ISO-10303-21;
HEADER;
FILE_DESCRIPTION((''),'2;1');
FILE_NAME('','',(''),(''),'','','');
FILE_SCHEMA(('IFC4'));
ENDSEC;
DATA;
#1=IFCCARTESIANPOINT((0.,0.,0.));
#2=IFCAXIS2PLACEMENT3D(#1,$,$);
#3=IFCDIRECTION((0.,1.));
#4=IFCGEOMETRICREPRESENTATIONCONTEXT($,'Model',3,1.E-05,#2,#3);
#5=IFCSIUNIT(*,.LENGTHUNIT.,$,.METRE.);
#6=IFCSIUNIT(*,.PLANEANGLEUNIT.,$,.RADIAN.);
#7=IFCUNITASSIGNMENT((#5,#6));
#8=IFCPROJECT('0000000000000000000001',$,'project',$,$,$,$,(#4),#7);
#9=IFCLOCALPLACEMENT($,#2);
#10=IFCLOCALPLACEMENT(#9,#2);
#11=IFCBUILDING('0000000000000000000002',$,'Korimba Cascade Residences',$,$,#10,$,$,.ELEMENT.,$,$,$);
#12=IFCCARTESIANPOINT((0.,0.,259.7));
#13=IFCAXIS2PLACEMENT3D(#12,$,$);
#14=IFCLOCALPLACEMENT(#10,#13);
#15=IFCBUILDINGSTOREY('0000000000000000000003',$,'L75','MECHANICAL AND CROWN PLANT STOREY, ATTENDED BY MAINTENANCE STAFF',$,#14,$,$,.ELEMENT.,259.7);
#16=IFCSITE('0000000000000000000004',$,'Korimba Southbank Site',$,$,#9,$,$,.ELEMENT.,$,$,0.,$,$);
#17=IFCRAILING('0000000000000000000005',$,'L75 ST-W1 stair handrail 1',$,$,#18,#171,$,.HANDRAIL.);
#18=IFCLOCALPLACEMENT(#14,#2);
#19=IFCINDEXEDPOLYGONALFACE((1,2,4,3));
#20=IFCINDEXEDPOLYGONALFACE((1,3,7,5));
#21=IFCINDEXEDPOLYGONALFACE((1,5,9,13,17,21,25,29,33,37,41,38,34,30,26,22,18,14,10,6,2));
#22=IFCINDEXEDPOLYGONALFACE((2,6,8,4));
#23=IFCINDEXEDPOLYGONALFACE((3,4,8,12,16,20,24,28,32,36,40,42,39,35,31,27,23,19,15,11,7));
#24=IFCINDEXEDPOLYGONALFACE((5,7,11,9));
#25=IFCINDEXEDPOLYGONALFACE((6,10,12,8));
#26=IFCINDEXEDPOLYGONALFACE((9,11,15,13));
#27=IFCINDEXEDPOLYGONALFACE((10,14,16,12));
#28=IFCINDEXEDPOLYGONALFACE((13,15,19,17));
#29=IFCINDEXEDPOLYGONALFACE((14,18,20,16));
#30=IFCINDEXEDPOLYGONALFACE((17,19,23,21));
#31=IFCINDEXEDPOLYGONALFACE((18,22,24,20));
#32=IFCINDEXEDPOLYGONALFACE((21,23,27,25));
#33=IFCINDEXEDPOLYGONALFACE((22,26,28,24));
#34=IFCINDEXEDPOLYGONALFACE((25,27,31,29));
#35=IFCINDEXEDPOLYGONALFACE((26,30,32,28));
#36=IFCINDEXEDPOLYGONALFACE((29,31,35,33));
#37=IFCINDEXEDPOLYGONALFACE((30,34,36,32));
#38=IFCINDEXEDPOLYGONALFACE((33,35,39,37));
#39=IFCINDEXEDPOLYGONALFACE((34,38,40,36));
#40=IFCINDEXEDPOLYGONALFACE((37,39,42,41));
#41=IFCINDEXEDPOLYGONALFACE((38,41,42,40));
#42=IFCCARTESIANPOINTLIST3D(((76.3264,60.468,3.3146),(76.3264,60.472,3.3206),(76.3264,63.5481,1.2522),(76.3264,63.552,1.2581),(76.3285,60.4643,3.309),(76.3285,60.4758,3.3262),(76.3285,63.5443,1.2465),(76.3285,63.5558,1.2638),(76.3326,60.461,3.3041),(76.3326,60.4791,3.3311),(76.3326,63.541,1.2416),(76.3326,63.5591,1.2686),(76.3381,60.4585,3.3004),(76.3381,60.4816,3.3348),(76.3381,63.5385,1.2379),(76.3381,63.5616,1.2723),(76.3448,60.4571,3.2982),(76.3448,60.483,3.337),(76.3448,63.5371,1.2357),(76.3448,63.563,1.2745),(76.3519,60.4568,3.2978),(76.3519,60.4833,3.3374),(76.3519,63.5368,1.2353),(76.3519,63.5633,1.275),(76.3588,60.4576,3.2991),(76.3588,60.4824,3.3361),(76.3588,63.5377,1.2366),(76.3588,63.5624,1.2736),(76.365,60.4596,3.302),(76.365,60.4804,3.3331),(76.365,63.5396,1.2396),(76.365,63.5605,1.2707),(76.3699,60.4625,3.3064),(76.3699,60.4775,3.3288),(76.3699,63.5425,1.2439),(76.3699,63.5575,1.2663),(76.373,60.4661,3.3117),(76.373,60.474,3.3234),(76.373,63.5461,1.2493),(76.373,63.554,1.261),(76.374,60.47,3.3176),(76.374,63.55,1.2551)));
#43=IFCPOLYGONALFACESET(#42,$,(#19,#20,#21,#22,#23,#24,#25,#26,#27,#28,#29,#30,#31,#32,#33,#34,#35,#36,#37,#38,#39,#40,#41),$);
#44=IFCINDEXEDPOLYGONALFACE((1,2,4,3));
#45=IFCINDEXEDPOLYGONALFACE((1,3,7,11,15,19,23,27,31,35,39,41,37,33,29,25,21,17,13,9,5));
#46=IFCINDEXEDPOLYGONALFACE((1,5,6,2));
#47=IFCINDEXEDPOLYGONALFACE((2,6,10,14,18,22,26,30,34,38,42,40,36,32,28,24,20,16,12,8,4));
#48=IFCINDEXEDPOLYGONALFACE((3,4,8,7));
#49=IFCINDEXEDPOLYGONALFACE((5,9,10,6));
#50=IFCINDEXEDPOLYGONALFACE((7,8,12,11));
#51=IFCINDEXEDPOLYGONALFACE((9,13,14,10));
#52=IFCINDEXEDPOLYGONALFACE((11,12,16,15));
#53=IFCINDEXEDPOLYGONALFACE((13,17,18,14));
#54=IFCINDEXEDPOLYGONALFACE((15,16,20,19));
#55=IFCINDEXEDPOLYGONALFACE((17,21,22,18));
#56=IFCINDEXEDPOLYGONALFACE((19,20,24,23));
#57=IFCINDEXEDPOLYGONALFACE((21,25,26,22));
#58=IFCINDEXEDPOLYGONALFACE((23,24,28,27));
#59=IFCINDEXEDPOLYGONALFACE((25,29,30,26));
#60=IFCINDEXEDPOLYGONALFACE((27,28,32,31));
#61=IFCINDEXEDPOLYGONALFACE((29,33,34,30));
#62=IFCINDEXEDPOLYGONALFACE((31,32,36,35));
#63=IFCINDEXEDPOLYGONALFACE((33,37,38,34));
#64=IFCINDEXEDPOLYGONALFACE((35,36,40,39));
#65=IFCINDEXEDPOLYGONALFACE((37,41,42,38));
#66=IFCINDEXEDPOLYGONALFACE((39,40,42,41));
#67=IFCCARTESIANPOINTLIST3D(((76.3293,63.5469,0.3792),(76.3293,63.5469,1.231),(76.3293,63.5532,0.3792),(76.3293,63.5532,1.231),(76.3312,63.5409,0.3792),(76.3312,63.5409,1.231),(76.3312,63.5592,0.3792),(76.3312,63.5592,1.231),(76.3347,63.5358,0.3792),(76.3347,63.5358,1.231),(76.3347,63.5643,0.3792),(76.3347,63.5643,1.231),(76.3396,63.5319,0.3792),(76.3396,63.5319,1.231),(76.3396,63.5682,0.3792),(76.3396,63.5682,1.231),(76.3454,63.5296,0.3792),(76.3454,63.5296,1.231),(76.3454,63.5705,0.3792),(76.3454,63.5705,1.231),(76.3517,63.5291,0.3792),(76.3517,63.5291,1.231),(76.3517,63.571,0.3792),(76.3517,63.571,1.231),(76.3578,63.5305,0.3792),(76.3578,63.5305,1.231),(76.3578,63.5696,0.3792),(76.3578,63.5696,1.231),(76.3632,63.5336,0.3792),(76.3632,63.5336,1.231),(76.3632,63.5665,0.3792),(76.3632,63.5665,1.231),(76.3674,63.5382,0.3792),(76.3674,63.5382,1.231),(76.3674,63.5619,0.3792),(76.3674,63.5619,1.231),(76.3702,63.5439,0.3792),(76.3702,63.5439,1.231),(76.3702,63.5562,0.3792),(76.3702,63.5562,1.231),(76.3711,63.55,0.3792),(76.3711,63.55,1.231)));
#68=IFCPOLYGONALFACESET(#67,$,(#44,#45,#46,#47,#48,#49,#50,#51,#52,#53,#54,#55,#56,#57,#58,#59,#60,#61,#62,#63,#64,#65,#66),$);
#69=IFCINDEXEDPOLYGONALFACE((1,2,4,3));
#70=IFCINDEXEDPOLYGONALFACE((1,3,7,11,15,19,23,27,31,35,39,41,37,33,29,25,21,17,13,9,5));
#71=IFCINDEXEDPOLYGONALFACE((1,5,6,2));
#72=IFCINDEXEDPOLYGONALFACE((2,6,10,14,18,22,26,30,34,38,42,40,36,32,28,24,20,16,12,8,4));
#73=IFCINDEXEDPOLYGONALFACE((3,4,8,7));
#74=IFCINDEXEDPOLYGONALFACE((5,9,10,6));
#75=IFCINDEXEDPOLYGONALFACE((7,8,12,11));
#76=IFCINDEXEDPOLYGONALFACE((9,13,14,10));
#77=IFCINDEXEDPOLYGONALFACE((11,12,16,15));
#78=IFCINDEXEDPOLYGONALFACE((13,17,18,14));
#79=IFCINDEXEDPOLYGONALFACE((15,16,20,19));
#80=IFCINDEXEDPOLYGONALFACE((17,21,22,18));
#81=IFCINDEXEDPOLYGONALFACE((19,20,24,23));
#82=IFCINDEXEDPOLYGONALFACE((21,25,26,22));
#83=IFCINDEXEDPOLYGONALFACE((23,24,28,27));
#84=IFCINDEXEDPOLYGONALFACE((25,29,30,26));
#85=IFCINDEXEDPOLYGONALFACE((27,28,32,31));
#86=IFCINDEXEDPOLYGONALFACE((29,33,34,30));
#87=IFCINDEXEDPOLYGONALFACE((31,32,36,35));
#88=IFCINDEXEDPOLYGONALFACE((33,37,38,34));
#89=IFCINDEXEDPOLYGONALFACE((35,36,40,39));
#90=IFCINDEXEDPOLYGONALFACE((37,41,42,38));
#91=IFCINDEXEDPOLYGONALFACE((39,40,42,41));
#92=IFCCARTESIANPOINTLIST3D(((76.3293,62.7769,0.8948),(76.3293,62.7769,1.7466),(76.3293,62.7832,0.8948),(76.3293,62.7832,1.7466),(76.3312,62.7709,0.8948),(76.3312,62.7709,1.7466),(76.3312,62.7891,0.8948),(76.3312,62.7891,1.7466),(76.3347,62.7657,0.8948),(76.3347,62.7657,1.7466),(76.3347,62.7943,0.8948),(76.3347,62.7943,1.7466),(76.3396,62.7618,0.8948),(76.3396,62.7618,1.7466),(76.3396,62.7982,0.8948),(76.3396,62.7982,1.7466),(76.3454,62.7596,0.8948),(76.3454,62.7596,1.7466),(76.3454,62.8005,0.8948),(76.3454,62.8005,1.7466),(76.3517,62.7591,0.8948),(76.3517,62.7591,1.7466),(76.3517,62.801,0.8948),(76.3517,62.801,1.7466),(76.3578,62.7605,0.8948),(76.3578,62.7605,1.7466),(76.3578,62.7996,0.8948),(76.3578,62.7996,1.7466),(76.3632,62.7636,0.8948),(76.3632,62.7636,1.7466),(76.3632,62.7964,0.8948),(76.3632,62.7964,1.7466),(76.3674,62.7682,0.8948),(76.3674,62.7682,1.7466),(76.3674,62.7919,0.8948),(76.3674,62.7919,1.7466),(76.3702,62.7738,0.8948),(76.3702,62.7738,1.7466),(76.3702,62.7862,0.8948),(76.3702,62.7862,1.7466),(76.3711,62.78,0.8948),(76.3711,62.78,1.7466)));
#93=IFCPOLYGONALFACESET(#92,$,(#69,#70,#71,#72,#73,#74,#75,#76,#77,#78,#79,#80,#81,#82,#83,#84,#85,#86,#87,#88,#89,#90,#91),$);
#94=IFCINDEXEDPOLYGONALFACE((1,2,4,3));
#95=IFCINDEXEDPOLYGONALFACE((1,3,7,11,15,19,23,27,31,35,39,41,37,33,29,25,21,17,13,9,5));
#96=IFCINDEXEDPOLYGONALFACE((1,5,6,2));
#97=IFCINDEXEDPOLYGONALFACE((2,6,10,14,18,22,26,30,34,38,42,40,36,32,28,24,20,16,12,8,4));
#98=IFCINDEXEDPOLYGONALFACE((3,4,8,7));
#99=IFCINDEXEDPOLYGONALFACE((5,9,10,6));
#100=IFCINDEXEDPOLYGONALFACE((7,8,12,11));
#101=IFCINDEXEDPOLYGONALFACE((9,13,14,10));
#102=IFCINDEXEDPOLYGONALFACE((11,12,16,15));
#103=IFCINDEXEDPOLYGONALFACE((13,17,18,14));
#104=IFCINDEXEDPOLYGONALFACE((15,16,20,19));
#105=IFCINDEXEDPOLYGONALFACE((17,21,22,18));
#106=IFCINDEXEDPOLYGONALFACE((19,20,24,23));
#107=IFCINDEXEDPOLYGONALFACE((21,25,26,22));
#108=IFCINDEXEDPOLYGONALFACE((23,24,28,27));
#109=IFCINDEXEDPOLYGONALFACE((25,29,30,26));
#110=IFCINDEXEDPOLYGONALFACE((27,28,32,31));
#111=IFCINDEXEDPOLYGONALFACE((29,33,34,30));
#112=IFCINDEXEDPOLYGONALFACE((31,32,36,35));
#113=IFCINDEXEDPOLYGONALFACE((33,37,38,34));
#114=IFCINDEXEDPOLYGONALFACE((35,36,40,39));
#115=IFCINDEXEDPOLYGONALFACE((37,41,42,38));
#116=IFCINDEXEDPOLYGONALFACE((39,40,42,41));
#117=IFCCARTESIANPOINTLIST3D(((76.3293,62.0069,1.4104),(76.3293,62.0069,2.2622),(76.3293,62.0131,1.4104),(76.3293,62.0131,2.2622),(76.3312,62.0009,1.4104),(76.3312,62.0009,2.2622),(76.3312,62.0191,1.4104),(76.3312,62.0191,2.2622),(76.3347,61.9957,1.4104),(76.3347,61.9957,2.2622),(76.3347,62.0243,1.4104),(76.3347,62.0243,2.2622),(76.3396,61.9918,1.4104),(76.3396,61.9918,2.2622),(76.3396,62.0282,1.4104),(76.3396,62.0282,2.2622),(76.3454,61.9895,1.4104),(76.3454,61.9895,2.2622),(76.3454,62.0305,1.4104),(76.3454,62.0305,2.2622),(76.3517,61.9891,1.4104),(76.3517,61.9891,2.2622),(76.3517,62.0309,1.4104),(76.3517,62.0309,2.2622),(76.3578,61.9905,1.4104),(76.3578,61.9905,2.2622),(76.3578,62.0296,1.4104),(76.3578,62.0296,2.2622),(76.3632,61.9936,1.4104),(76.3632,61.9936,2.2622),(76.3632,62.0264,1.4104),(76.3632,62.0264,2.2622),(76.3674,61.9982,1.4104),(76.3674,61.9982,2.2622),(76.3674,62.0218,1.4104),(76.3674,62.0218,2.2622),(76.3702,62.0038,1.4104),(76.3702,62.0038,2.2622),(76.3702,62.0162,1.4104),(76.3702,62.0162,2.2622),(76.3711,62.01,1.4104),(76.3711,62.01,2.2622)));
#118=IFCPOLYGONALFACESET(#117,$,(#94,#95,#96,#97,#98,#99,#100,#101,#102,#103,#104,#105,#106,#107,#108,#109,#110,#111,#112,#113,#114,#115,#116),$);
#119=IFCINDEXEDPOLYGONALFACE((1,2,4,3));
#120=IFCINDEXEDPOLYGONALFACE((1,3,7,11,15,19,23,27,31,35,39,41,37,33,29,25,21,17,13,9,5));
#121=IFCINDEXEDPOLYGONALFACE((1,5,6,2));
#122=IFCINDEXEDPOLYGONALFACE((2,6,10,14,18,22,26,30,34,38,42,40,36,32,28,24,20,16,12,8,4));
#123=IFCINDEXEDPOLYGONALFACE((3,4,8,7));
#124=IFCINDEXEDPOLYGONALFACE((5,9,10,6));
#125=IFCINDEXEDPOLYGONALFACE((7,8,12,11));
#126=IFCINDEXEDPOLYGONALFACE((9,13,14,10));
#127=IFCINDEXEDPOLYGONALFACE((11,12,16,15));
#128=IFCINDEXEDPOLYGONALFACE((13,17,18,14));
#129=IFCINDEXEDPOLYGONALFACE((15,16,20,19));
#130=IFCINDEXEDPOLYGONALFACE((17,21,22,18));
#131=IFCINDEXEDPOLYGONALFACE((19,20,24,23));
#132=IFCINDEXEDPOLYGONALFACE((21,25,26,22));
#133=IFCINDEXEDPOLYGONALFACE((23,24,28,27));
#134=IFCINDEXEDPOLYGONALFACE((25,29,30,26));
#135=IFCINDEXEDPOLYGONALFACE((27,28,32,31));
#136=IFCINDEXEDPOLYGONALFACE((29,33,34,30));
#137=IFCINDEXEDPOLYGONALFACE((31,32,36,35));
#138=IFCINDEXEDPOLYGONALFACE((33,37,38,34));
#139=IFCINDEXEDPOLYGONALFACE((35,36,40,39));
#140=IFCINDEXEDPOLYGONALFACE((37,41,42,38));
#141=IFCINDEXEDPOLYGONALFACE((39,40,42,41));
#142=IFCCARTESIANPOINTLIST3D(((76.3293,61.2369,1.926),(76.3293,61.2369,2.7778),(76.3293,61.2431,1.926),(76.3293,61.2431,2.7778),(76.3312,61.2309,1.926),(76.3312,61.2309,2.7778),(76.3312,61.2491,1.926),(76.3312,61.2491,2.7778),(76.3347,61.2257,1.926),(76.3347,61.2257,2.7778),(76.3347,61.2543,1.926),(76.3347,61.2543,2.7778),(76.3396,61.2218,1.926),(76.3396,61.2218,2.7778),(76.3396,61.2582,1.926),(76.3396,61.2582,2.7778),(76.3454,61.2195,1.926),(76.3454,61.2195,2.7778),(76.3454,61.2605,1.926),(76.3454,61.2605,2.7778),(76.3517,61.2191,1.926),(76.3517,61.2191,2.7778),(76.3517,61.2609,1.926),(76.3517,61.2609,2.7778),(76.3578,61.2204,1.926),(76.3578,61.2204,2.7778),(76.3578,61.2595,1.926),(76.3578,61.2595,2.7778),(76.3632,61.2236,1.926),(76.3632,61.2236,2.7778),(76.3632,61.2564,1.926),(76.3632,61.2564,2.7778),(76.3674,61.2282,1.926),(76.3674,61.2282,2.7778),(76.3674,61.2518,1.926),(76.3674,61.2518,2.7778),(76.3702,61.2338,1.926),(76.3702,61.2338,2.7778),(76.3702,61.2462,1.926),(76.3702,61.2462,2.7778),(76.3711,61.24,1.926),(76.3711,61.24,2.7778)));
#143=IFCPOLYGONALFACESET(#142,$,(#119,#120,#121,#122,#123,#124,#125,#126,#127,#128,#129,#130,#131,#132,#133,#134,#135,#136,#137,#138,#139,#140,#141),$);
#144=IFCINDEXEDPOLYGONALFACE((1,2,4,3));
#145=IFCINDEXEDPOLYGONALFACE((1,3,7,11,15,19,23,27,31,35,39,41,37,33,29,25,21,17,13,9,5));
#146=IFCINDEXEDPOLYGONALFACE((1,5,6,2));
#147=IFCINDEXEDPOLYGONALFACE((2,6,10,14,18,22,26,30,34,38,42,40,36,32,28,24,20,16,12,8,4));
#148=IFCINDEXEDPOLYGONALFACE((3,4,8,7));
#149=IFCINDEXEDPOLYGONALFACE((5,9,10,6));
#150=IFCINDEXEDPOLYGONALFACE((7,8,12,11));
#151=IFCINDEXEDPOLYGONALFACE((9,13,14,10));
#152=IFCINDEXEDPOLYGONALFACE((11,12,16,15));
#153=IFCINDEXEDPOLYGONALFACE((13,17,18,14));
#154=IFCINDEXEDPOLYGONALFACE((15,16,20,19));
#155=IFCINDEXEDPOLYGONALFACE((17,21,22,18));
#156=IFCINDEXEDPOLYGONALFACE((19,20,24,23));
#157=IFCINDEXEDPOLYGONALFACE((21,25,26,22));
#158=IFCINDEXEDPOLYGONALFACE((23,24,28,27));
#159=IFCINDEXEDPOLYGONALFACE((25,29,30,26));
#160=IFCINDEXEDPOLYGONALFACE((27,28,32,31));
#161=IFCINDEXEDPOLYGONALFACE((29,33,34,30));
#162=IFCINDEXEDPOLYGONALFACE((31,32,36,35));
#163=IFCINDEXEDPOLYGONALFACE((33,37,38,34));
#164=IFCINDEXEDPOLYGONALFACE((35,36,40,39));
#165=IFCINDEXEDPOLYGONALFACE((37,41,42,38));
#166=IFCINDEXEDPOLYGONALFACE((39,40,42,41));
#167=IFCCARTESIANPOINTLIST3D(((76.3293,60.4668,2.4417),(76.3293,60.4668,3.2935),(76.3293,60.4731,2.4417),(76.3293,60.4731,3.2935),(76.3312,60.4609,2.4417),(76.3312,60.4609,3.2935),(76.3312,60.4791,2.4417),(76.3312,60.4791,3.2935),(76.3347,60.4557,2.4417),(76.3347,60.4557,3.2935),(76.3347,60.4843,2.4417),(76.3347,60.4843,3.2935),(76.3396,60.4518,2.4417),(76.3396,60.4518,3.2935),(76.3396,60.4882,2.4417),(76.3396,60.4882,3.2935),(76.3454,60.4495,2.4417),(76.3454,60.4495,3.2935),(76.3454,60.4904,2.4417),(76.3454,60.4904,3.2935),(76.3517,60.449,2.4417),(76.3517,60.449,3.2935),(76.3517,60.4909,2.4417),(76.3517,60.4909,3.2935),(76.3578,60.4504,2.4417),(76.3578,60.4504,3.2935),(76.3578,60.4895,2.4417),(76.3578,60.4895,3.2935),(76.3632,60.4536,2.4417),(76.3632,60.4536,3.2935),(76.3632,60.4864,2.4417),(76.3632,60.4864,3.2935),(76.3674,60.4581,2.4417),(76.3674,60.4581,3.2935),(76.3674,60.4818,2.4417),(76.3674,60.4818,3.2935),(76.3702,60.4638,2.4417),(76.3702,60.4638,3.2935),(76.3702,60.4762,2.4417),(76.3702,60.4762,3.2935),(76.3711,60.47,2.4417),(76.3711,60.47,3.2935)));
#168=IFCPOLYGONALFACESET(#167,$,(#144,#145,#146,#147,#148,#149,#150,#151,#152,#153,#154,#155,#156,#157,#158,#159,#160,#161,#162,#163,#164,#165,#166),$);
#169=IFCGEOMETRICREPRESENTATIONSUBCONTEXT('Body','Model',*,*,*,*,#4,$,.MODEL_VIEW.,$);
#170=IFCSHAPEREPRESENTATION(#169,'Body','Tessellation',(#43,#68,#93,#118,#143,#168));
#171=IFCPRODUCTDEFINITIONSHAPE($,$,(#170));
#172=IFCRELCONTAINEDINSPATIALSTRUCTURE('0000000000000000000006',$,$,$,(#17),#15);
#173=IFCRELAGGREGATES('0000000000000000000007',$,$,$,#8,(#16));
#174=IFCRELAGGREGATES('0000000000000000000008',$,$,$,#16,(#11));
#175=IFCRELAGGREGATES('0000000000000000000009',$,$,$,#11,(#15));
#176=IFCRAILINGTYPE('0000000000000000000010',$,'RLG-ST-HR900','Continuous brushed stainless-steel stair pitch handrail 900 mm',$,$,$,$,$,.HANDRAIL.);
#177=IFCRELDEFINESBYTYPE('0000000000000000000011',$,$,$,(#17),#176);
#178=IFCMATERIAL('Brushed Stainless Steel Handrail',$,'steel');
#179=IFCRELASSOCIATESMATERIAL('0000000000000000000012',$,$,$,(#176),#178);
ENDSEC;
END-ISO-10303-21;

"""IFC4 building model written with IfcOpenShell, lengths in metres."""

from ifc_helpers import new_model, si_unit, direction, frame, origin, origin_2d, place, context, subcontext, project, spatial, circle, extrude, material, type_object, element, save


model = new_model("IFC4")

# Units and contexts
model_context = context("Model", 3, precision=1e-05, world=origin(), true_north=direction((0.0, 1.0)))
body_context = subcontext(model_context, "Body", "Model", "MODEL_VIEW")
ifc_project = project(units=[si_unit("LENGTHUNIT", "METRE"), si_unit("PLANEANGLEUNIT", "RADIAN")], contexts=[model_context])

# Site, building, storey
site_placement = place(None, origin())
site = spatial("IfcSite", under=ifc_project, at=site_placement, Name="Korimba Southbank Site", CompositionType="ELEMENT", RefElevation=0.0)
building_placement = place(site_placement, origin())
building = spatial("IfcBuilding", under=site, at=building_placement, Name="Korimba Cascade Residences", CompositionType="ELEMENT")
storey_placement = place(building_placement, frame((0.0, 0.0, 259.7)))
storey = spatial("IfcBuildingStorey", under=building, at=storey_placement, Name="L75", Description="MECHANICAL AND CROWN PLANT STOREY, ATTENDED BY MAINTENANCE STAFF", CompositionType="ELEMENT", Elevation=259.7)

# Railing
ifc_material_1 = material(Name="Brushed Stainless Steel Handrail", Category="steel")
railing_type_1 = type_object("IfcRailingType", Name="RLG-ST-HR900", Description="Continuous brushed stainless-steel stair pitch handrail 900 mm", PredefinedType="HANDRAIL", material=ifc_material_1)
railing_1_placement = place(storey_placement, frame((76.3501, 63.55, 0.3792)))
element("IfcRailing", 1, at=railing_1_placement, inside=storey, type_object=railing_type_1, Name="L75 ST-W1 stair handrail 1", PredefinedType="HANDRAIL", context=body_context, shape_type="SweptSolid", body=[
    extrude(circle(Radius=0.0239, at=origin_2d()), frame((0.0, 0.0, 0.876), z_axis=(0.0, -0.830914, 0.556401), x_axis=(1.0, 0.0, 0.0)), (0.0, 0.0, 1.0), 3.7068),
    extrude(circle(Radius=0.021, at=origin_2d()), origin(), (0.0, 0.0, 1.0), 0.8518),
    extrude(circle(Radius=0.021, at=origin_2d()), frame((0.0, -0.77, 0.5156)), (0.0, 0.0, 1.0), 0.8518),
    extrude(circle(Radius=0.021, at=origin_2d()), frame((0.0, -1.54, 1.0312)), (0.0, 0.0, 1.0), 0.8518),
    extrude(circle(Radius=0.021, at=origin_2d()), frame((0.0, -2.3101, 1.5469)), (0.0, 0.0, 1.0), 0.8518),
    extrude(circle(Radius=0.021, at=origin_2d()), frame((0.0, -3.0801, 2.0625)), (0.0, 0.0, 1.0), 0.8518),
])

save(model, "model.ifc")
